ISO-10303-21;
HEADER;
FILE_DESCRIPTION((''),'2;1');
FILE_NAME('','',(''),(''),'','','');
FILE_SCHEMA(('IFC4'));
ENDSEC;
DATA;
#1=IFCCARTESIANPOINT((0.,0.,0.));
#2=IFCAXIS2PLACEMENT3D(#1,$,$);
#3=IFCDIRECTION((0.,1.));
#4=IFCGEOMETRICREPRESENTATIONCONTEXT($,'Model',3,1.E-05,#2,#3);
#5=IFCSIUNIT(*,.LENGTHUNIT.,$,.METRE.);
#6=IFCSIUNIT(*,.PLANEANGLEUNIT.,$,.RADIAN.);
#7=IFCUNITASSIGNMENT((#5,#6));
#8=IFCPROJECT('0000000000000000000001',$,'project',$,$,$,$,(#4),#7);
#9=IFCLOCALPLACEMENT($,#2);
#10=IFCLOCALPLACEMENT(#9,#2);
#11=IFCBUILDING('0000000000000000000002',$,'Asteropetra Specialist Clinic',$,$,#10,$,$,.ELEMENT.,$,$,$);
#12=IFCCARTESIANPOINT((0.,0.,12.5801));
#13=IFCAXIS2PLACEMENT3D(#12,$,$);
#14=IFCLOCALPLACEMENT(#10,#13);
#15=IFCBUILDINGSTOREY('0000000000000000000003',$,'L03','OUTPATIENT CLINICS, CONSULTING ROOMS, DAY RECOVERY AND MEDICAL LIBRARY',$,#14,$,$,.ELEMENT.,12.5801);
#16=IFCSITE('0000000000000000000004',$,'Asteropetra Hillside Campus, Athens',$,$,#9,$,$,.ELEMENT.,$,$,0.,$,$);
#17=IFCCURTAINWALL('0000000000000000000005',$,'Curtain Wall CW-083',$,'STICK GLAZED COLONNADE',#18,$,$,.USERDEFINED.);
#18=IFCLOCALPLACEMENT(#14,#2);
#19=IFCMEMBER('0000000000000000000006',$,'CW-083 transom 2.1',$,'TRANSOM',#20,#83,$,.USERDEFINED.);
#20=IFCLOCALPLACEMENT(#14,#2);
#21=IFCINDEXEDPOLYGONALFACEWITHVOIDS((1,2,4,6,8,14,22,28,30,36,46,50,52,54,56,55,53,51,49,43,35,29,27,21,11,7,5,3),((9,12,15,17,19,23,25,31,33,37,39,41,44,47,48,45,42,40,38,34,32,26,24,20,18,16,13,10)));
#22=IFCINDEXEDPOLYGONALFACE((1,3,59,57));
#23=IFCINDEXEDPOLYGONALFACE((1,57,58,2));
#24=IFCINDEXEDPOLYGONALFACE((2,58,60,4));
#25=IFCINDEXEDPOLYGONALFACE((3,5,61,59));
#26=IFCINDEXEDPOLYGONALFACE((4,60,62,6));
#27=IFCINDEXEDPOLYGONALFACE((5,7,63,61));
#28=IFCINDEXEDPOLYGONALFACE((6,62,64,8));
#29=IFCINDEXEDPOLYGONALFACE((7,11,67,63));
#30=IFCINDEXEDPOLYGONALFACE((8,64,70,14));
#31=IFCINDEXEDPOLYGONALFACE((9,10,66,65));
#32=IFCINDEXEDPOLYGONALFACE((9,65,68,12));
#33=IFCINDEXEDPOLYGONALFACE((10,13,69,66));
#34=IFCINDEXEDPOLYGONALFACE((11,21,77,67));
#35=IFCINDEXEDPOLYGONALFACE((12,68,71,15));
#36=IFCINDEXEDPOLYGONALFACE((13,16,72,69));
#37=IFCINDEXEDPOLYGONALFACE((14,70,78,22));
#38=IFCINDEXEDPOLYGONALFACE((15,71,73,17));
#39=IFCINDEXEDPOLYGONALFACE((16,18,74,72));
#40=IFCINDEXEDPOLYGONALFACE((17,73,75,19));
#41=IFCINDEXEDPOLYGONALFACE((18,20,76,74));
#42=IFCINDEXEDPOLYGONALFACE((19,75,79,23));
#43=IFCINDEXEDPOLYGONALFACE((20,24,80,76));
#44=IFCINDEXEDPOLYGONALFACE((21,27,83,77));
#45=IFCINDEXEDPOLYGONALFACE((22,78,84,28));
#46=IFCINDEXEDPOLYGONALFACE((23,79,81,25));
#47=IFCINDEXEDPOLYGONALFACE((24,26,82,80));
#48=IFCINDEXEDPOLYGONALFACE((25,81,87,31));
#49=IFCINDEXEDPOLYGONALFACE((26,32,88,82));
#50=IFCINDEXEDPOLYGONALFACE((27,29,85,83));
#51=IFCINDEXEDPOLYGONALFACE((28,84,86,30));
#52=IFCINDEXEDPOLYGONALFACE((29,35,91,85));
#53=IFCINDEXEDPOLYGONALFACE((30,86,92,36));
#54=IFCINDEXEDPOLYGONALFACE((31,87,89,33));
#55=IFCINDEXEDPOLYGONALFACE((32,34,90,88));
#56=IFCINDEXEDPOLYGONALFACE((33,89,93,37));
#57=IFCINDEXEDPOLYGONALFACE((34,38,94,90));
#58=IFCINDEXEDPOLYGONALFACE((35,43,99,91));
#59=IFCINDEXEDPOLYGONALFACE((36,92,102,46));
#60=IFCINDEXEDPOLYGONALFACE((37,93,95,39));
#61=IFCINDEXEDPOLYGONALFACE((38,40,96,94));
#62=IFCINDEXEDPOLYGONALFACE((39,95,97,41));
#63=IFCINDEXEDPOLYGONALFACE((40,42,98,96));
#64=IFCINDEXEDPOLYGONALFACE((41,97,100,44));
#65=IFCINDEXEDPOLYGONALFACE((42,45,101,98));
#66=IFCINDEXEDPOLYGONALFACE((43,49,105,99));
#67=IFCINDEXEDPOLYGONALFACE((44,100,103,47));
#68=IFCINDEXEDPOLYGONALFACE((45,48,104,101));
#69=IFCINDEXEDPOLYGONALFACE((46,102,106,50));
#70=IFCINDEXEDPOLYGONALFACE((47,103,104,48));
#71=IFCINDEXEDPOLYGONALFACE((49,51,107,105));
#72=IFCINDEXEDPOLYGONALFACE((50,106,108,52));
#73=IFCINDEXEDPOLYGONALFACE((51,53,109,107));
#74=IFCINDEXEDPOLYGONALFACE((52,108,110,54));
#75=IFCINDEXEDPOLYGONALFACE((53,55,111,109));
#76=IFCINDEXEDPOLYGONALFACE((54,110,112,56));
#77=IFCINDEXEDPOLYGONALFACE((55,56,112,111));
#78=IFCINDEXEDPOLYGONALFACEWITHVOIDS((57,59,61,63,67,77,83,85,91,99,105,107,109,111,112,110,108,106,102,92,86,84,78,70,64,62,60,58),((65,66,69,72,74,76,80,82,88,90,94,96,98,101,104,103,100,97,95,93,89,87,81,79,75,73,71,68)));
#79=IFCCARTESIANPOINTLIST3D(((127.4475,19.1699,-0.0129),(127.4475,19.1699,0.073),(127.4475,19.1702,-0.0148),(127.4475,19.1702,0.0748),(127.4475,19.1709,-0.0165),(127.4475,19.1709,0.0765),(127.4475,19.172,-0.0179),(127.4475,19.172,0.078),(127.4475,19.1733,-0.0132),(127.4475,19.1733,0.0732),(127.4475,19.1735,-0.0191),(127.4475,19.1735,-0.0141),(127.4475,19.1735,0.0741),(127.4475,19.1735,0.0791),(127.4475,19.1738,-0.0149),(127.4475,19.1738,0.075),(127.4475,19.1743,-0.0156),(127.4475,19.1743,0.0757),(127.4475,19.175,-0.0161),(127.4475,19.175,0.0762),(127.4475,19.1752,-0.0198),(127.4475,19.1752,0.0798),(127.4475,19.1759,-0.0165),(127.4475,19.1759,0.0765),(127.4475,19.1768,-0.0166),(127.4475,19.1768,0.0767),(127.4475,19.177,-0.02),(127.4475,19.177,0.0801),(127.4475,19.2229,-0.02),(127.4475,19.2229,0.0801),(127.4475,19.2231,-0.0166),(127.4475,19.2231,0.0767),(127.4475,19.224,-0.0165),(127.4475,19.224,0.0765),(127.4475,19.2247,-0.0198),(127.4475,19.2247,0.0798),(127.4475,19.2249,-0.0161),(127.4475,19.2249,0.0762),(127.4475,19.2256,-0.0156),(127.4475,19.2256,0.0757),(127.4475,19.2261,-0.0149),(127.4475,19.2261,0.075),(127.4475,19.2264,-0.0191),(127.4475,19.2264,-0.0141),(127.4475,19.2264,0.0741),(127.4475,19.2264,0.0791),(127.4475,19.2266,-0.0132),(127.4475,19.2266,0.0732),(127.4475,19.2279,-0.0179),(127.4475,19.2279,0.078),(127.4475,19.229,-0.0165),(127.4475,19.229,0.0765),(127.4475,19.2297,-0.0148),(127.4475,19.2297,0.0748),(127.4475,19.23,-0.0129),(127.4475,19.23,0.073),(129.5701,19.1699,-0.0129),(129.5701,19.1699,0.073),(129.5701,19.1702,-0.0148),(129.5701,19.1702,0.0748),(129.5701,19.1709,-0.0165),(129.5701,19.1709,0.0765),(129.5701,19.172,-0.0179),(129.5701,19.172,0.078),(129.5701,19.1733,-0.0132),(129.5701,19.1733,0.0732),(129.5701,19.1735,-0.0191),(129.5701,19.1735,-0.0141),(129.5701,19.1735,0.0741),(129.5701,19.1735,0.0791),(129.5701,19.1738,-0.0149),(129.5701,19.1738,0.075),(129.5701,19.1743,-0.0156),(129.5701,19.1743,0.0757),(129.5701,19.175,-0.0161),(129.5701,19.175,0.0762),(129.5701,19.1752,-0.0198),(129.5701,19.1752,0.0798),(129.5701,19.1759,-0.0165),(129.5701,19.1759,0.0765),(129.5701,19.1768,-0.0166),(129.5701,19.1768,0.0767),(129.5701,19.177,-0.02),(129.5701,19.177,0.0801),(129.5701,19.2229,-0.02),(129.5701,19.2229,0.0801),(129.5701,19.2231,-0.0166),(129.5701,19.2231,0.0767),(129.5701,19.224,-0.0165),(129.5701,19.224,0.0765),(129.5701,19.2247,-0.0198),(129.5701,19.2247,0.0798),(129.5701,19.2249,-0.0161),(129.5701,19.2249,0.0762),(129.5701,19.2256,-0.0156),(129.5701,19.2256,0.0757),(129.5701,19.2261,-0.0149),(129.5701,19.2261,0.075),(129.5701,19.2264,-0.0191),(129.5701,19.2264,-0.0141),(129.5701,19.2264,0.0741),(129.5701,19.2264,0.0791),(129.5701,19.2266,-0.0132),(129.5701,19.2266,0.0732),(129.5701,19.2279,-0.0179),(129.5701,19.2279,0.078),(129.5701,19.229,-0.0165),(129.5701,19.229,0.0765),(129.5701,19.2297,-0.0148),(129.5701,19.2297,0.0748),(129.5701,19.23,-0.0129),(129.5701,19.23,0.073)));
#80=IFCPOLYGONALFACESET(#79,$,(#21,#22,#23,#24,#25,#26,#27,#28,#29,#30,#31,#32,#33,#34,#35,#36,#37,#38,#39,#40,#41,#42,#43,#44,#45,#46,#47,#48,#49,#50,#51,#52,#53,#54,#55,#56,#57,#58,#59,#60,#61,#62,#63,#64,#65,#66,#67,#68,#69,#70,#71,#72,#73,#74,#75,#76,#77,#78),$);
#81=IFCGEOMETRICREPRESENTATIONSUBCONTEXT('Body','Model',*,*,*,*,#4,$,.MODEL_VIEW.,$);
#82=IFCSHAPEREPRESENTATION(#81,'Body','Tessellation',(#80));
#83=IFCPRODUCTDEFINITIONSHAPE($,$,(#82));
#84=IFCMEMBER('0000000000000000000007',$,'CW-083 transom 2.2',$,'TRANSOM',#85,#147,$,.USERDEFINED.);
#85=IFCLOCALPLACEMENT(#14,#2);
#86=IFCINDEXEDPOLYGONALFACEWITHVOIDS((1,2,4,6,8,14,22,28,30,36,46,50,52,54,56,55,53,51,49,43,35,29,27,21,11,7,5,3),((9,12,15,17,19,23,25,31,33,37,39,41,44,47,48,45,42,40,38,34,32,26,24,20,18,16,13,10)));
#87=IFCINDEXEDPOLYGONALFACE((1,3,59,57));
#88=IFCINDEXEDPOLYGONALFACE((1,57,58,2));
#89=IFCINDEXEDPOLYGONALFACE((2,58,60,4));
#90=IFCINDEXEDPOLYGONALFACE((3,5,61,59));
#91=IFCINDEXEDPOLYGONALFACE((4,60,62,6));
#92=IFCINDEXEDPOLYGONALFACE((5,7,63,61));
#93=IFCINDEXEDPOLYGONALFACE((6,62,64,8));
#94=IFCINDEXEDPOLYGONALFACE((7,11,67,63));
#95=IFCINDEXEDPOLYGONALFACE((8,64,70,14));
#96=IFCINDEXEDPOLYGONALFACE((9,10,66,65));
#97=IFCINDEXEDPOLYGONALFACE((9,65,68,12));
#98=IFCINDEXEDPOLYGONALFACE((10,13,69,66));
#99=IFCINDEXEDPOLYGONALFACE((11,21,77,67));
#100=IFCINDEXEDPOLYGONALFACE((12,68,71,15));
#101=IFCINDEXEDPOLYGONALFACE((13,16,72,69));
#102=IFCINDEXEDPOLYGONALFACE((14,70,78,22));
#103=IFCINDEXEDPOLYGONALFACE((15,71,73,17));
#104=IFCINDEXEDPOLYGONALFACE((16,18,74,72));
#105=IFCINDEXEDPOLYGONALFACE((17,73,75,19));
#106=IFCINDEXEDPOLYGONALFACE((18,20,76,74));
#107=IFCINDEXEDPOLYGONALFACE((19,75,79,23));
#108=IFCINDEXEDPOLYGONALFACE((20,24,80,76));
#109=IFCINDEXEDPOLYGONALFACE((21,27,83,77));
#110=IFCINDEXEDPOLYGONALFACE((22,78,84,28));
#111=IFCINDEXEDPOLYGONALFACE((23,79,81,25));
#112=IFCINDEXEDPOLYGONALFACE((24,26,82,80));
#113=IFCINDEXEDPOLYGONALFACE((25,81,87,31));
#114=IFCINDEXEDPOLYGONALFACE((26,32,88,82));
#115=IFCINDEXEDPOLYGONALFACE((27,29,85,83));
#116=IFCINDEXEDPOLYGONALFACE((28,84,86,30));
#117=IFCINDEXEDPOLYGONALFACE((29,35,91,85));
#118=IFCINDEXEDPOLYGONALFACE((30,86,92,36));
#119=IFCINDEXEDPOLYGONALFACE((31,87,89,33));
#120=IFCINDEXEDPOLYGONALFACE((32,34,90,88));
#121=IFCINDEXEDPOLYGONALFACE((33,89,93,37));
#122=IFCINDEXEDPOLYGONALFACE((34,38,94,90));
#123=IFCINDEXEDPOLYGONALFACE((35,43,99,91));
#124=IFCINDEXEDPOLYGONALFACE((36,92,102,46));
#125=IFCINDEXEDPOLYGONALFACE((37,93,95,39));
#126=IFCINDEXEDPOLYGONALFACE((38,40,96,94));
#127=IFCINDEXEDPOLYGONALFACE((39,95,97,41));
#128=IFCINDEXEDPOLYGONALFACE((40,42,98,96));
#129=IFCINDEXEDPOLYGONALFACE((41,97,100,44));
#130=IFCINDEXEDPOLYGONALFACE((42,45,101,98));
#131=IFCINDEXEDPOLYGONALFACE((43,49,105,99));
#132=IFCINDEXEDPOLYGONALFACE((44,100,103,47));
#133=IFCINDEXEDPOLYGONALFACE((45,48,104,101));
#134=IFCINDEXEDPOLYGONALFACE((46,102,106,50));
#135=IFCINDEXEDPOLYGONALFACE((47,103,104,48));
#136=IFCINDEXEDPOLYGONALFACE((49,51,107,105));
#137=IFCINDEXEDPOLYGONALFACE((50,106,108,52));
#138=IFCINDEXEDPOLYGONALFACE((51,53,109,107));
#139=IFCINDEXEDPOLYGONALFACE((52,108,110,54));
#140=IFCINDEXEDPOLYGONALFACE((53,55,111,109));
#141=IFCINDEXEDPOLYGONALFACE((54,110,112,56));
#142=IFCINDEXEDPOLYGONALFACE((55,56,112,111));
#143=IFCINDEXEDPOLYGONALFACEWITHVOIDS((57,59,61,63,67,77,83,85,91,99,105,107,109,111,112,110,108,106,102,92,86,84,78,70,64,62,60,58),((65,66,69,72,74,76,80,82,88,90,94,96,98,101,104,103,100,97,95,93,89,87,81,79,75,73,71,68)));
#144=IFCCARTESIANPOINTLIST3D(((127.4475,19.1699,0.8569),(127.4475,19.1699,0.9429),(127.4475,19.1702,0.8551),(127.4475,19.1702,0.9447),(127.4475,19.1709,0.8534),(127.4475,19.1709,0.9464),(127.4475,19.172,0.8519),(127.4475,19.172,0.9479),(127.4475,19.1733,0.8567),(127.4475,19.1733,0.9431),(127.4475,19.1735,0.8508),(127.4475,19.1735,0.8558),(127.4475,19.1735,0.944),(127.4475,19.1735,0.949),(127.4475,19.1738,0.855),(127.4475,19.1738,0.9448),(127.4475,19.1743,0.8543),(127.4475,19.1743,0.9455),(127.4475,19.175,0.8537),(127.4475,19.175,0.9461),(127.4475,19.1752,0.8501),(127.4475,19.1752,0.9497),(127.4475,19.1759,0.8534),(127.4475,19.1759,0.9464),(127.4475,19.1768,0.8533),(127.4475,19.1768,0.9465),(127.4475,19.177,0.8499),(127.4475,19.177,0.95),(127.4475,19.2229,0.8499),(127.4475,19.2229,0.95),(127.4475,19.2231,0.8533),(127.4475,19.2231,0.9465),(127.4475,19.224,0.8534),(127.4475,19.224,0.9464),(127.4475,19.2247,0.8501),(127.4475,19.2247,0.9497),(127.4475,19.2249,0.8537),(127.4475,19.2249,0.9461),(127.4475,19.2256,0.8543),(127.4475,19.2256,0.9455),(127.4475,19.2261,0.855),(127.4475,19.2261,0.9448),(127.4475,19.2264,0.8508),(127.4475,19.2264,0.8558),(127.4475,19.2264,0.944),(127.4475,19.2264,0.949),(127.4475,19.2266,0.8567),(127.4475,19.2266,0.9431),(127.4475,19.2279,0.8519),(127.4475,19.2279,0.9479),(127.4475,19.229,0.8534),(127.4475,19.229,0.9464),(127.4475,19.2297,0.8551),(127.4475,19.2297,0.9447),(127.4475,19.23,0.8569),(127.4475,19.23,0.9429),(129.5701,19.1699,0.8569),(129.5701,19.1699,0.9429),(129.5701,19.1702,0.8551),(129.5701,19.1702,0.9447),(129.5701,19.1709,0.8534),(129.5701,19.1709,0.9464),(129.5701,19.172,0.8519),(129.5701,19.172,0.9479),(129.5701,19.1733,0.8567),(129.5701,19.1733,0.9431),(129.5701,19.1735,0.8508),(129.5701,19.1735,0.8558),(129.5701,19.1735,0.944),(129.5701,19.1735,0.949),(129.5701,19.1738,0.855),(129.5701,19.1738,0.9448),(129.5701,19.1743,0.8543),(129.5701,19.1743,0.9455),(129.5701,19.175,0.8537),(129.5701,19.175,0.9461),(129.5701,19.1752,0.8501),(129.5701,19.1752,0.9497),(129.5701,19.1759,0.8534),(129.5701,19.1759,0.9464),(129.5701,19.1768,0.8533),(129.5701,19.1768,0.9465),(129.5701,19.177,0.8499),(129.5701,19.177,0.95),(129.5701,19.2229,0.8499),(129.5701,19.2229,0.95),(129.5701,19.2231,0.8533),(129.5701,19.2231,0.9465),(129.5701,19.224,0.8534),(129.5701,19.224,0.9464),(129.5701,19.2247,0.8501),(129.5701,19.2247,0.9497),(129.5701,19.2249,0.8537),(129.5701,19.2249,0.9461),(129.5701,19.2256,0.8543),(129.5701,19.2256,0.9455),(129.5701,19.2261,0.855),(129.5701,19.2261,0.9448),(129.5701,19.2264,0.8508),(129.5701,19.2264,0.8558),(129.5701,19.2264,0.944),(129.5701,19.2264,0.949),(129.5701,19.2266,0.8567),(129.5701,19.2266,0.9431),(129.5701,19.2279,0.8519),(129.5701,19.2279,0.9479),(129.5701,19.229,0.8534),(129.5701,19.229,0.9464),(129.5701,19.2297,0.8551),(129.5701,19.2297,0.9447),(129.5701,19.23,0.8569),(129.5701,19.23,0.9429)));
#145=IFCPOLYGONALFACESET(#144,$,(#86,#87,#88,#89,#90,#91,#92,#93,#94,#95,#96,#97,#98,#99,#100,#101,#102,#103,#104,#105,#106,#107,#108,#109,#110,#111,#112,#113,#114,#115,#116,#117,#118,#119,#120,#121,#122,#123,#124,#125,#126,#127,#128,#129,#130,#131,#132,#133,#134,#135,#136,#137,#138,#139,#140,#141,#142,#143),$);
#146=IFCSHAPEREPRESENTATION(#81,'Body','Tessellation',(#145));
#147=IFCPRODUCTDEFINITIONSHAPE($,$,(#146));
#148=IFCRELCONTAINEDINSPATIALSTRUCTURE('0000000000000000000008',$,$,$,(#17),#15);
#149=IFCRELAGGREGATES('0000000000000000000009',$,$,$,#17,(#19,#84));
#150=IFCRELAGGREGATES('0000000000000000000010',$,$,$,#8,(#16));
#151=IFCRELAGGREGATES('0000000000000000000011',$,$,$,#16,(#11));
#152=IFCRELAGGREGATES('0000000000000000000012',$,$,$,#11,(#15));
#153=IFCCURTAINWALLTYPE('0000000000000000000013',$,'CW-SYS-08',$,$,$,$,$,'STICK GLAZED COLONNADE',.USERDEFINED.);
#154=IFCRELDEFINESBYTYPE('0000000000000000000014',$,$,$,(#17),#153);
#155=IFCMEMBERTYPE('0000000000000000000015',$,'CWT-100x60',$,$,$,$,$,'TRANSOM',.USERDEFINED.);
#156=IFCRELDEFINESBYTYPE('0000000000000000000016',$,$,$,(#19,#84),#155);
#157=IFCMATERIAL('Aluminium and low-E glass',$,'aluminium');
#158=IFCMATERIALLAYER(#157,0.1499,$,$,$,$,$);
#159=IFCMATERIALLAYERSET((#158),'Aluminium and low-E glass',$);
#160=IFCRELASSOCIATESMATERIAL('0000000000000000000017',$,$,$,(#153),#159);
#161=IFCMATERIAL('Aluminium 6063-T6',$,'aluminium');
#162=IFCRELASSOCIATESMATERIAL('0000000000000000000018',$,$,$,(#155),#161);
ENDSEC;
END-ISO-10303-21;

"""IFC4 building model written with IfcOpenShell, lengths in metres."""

from ifc_helpers import new_model, si_unit, direction, frame, origin, origin_2d, place, context, subcontext, project, spatial, hollow_rectangle, extrude, material, layer, layer_set, material_profile, profile_set, type_object, element, aggregate, save


model = new_model("IFC4")

# Units and contexts
model_context = context("Model", 3, precision=1e-05, world=origin(), true_north=direction((0.0, 1.0)))
body_context = subcontext(model_context, "Body", "Model", "MODEL_VIEW")
ifc_project = project(units=[si_unit("LENGTHUNIT", "METRE"), si_unit("PLANEANGLEUNIT", "RADIAN")], contexts=[model_context])

# Site, building, storey
site_placement = place(None, origin())
site = spatial("IfcSite", under=ifc_project, at=site_placement, Name="Asteropetra Hillside Campus, Athens", CompositionType="ELEMENT", RefElevation=0.0)
building_placement = place(site_placement, origin())
building = spatial("IfcBuilding", under=site, at=building_placement, Name="Asteropetra Specialist Clinic", CompositionType="ELEMENT")
storey_placement = place(building_placement, frame((0.0, 0.0, 12.5801)))
storey = spatial("IfcBuildingStorey", under=building, at=storey_placement, Name="L03", Description="OUTPATIENT CLINICS, CONSULTING ROOMS, DAY RECOVERY AND MEDICAL LIBRARY", CompositionType="ELEMENT", Elevation=12.5801)

# Curtain wall
ifc_material_1 = material(Name="Aluminium and low-E glass", Category="aluminium")
ifc_layer_1 = layer(ifc_material_1, 0.1499)
ifc_layer_set_1 = layer_set([ifc_layer_1], Name="Aluminium and low-E glass")
curtain_wall_type_1 = type_object("IfcCurtainWallType", Name="CW-SYS-08", ElementType="STICK GLAZED COLONNADE", PredefinedType="USERDEFINED", material=ifc_layer_set_1)
curtain_wall_1_placement = place(storey_placement, origin())
curtain_wall_1 = element("IfcCurtainWall", 1, at=curtain_wall_1_placement, inside=storey, type_object=curtain_wall_type_1, Name="Curtain Wall CW-083", ObjectType="STICK GLAZED COLONNADE", PredefinedType="USERDEFINED")

# Members
ifc_material_2 = material(Name="Aluminium 6063-T6", Category="aluminium")
ifc_material_profile_1 = material_profile(ifc_material_2, hollow_rectangle(XDim=0.0601, YDim=0.1001, WallThickness=0.0034, InnerFilletRadius=0.0034, OuterFilletRadius=0.0071, at=origin_2d()), Name="TRN 100x60x3.5")
ifc_profile_set_1 = profile_set([ifc_material_profile_1], Name="Aluminium 6063-T6")
member_type_1 = type_object("IfcMemberType", Name="CWT-100x60", ElementType="TRANSOM", PredefinedType="USERDEFINED", material=ifc_profile_set_1)
member_1_placement = place(storey_placement, frame((127.4475, 19.2, 0.03), z_axis=(1.0, 0.0, 0.0), x_axis=(0.0, 1.0, 0.0)))
member_1 = element("IfcMember", 2, at=member_1_placement, type_object=member_type_1, Name="CW-083 transom 2.1", ObjectType="TRANSOM", PredefinedType="USERDEFINED", context=body_context, shape_type="SweptSolid", body=[
    extrude(hollow_rectangle(XDim=0.0601, YDim=0.1001, WallThickness=0.0034, InnerFilletRadius=0.0034, OuterFilletRadius=0.0071, at=origin_2d()), origin(), (0.0, 0.0, 1.0), 2.1226),
])
member_2_placement = place(storey_placement, frame((127.4475, 19.2, 0.8999), z_axis=(1.0, 0.0, 0.0), x_axis=(0.0, 1.0, 0.0)))
member_2 = element("IfcMember", 3, at=member_2_placement, type_object=member_type_1, Name="CW-083 transom 2.2", ObjectType="TRANSOM", PredefinedType="USERDEFINED", context=body_context, shape_type="SweptSolid", body=[
    extrude(hollow_rectangle(XDim=0.0601, YDim=0.1001, WallThickness=0.0034, InnerFilletRadius=0.0034, OuterFilletRadius=0.0071, at=origin_2d()), origin(), (0.0, 0.0, 1.0), 2.1226),
])

aggregate(curtain_wall_1, [member_1, member_2])

save(model, "model.ifc")
